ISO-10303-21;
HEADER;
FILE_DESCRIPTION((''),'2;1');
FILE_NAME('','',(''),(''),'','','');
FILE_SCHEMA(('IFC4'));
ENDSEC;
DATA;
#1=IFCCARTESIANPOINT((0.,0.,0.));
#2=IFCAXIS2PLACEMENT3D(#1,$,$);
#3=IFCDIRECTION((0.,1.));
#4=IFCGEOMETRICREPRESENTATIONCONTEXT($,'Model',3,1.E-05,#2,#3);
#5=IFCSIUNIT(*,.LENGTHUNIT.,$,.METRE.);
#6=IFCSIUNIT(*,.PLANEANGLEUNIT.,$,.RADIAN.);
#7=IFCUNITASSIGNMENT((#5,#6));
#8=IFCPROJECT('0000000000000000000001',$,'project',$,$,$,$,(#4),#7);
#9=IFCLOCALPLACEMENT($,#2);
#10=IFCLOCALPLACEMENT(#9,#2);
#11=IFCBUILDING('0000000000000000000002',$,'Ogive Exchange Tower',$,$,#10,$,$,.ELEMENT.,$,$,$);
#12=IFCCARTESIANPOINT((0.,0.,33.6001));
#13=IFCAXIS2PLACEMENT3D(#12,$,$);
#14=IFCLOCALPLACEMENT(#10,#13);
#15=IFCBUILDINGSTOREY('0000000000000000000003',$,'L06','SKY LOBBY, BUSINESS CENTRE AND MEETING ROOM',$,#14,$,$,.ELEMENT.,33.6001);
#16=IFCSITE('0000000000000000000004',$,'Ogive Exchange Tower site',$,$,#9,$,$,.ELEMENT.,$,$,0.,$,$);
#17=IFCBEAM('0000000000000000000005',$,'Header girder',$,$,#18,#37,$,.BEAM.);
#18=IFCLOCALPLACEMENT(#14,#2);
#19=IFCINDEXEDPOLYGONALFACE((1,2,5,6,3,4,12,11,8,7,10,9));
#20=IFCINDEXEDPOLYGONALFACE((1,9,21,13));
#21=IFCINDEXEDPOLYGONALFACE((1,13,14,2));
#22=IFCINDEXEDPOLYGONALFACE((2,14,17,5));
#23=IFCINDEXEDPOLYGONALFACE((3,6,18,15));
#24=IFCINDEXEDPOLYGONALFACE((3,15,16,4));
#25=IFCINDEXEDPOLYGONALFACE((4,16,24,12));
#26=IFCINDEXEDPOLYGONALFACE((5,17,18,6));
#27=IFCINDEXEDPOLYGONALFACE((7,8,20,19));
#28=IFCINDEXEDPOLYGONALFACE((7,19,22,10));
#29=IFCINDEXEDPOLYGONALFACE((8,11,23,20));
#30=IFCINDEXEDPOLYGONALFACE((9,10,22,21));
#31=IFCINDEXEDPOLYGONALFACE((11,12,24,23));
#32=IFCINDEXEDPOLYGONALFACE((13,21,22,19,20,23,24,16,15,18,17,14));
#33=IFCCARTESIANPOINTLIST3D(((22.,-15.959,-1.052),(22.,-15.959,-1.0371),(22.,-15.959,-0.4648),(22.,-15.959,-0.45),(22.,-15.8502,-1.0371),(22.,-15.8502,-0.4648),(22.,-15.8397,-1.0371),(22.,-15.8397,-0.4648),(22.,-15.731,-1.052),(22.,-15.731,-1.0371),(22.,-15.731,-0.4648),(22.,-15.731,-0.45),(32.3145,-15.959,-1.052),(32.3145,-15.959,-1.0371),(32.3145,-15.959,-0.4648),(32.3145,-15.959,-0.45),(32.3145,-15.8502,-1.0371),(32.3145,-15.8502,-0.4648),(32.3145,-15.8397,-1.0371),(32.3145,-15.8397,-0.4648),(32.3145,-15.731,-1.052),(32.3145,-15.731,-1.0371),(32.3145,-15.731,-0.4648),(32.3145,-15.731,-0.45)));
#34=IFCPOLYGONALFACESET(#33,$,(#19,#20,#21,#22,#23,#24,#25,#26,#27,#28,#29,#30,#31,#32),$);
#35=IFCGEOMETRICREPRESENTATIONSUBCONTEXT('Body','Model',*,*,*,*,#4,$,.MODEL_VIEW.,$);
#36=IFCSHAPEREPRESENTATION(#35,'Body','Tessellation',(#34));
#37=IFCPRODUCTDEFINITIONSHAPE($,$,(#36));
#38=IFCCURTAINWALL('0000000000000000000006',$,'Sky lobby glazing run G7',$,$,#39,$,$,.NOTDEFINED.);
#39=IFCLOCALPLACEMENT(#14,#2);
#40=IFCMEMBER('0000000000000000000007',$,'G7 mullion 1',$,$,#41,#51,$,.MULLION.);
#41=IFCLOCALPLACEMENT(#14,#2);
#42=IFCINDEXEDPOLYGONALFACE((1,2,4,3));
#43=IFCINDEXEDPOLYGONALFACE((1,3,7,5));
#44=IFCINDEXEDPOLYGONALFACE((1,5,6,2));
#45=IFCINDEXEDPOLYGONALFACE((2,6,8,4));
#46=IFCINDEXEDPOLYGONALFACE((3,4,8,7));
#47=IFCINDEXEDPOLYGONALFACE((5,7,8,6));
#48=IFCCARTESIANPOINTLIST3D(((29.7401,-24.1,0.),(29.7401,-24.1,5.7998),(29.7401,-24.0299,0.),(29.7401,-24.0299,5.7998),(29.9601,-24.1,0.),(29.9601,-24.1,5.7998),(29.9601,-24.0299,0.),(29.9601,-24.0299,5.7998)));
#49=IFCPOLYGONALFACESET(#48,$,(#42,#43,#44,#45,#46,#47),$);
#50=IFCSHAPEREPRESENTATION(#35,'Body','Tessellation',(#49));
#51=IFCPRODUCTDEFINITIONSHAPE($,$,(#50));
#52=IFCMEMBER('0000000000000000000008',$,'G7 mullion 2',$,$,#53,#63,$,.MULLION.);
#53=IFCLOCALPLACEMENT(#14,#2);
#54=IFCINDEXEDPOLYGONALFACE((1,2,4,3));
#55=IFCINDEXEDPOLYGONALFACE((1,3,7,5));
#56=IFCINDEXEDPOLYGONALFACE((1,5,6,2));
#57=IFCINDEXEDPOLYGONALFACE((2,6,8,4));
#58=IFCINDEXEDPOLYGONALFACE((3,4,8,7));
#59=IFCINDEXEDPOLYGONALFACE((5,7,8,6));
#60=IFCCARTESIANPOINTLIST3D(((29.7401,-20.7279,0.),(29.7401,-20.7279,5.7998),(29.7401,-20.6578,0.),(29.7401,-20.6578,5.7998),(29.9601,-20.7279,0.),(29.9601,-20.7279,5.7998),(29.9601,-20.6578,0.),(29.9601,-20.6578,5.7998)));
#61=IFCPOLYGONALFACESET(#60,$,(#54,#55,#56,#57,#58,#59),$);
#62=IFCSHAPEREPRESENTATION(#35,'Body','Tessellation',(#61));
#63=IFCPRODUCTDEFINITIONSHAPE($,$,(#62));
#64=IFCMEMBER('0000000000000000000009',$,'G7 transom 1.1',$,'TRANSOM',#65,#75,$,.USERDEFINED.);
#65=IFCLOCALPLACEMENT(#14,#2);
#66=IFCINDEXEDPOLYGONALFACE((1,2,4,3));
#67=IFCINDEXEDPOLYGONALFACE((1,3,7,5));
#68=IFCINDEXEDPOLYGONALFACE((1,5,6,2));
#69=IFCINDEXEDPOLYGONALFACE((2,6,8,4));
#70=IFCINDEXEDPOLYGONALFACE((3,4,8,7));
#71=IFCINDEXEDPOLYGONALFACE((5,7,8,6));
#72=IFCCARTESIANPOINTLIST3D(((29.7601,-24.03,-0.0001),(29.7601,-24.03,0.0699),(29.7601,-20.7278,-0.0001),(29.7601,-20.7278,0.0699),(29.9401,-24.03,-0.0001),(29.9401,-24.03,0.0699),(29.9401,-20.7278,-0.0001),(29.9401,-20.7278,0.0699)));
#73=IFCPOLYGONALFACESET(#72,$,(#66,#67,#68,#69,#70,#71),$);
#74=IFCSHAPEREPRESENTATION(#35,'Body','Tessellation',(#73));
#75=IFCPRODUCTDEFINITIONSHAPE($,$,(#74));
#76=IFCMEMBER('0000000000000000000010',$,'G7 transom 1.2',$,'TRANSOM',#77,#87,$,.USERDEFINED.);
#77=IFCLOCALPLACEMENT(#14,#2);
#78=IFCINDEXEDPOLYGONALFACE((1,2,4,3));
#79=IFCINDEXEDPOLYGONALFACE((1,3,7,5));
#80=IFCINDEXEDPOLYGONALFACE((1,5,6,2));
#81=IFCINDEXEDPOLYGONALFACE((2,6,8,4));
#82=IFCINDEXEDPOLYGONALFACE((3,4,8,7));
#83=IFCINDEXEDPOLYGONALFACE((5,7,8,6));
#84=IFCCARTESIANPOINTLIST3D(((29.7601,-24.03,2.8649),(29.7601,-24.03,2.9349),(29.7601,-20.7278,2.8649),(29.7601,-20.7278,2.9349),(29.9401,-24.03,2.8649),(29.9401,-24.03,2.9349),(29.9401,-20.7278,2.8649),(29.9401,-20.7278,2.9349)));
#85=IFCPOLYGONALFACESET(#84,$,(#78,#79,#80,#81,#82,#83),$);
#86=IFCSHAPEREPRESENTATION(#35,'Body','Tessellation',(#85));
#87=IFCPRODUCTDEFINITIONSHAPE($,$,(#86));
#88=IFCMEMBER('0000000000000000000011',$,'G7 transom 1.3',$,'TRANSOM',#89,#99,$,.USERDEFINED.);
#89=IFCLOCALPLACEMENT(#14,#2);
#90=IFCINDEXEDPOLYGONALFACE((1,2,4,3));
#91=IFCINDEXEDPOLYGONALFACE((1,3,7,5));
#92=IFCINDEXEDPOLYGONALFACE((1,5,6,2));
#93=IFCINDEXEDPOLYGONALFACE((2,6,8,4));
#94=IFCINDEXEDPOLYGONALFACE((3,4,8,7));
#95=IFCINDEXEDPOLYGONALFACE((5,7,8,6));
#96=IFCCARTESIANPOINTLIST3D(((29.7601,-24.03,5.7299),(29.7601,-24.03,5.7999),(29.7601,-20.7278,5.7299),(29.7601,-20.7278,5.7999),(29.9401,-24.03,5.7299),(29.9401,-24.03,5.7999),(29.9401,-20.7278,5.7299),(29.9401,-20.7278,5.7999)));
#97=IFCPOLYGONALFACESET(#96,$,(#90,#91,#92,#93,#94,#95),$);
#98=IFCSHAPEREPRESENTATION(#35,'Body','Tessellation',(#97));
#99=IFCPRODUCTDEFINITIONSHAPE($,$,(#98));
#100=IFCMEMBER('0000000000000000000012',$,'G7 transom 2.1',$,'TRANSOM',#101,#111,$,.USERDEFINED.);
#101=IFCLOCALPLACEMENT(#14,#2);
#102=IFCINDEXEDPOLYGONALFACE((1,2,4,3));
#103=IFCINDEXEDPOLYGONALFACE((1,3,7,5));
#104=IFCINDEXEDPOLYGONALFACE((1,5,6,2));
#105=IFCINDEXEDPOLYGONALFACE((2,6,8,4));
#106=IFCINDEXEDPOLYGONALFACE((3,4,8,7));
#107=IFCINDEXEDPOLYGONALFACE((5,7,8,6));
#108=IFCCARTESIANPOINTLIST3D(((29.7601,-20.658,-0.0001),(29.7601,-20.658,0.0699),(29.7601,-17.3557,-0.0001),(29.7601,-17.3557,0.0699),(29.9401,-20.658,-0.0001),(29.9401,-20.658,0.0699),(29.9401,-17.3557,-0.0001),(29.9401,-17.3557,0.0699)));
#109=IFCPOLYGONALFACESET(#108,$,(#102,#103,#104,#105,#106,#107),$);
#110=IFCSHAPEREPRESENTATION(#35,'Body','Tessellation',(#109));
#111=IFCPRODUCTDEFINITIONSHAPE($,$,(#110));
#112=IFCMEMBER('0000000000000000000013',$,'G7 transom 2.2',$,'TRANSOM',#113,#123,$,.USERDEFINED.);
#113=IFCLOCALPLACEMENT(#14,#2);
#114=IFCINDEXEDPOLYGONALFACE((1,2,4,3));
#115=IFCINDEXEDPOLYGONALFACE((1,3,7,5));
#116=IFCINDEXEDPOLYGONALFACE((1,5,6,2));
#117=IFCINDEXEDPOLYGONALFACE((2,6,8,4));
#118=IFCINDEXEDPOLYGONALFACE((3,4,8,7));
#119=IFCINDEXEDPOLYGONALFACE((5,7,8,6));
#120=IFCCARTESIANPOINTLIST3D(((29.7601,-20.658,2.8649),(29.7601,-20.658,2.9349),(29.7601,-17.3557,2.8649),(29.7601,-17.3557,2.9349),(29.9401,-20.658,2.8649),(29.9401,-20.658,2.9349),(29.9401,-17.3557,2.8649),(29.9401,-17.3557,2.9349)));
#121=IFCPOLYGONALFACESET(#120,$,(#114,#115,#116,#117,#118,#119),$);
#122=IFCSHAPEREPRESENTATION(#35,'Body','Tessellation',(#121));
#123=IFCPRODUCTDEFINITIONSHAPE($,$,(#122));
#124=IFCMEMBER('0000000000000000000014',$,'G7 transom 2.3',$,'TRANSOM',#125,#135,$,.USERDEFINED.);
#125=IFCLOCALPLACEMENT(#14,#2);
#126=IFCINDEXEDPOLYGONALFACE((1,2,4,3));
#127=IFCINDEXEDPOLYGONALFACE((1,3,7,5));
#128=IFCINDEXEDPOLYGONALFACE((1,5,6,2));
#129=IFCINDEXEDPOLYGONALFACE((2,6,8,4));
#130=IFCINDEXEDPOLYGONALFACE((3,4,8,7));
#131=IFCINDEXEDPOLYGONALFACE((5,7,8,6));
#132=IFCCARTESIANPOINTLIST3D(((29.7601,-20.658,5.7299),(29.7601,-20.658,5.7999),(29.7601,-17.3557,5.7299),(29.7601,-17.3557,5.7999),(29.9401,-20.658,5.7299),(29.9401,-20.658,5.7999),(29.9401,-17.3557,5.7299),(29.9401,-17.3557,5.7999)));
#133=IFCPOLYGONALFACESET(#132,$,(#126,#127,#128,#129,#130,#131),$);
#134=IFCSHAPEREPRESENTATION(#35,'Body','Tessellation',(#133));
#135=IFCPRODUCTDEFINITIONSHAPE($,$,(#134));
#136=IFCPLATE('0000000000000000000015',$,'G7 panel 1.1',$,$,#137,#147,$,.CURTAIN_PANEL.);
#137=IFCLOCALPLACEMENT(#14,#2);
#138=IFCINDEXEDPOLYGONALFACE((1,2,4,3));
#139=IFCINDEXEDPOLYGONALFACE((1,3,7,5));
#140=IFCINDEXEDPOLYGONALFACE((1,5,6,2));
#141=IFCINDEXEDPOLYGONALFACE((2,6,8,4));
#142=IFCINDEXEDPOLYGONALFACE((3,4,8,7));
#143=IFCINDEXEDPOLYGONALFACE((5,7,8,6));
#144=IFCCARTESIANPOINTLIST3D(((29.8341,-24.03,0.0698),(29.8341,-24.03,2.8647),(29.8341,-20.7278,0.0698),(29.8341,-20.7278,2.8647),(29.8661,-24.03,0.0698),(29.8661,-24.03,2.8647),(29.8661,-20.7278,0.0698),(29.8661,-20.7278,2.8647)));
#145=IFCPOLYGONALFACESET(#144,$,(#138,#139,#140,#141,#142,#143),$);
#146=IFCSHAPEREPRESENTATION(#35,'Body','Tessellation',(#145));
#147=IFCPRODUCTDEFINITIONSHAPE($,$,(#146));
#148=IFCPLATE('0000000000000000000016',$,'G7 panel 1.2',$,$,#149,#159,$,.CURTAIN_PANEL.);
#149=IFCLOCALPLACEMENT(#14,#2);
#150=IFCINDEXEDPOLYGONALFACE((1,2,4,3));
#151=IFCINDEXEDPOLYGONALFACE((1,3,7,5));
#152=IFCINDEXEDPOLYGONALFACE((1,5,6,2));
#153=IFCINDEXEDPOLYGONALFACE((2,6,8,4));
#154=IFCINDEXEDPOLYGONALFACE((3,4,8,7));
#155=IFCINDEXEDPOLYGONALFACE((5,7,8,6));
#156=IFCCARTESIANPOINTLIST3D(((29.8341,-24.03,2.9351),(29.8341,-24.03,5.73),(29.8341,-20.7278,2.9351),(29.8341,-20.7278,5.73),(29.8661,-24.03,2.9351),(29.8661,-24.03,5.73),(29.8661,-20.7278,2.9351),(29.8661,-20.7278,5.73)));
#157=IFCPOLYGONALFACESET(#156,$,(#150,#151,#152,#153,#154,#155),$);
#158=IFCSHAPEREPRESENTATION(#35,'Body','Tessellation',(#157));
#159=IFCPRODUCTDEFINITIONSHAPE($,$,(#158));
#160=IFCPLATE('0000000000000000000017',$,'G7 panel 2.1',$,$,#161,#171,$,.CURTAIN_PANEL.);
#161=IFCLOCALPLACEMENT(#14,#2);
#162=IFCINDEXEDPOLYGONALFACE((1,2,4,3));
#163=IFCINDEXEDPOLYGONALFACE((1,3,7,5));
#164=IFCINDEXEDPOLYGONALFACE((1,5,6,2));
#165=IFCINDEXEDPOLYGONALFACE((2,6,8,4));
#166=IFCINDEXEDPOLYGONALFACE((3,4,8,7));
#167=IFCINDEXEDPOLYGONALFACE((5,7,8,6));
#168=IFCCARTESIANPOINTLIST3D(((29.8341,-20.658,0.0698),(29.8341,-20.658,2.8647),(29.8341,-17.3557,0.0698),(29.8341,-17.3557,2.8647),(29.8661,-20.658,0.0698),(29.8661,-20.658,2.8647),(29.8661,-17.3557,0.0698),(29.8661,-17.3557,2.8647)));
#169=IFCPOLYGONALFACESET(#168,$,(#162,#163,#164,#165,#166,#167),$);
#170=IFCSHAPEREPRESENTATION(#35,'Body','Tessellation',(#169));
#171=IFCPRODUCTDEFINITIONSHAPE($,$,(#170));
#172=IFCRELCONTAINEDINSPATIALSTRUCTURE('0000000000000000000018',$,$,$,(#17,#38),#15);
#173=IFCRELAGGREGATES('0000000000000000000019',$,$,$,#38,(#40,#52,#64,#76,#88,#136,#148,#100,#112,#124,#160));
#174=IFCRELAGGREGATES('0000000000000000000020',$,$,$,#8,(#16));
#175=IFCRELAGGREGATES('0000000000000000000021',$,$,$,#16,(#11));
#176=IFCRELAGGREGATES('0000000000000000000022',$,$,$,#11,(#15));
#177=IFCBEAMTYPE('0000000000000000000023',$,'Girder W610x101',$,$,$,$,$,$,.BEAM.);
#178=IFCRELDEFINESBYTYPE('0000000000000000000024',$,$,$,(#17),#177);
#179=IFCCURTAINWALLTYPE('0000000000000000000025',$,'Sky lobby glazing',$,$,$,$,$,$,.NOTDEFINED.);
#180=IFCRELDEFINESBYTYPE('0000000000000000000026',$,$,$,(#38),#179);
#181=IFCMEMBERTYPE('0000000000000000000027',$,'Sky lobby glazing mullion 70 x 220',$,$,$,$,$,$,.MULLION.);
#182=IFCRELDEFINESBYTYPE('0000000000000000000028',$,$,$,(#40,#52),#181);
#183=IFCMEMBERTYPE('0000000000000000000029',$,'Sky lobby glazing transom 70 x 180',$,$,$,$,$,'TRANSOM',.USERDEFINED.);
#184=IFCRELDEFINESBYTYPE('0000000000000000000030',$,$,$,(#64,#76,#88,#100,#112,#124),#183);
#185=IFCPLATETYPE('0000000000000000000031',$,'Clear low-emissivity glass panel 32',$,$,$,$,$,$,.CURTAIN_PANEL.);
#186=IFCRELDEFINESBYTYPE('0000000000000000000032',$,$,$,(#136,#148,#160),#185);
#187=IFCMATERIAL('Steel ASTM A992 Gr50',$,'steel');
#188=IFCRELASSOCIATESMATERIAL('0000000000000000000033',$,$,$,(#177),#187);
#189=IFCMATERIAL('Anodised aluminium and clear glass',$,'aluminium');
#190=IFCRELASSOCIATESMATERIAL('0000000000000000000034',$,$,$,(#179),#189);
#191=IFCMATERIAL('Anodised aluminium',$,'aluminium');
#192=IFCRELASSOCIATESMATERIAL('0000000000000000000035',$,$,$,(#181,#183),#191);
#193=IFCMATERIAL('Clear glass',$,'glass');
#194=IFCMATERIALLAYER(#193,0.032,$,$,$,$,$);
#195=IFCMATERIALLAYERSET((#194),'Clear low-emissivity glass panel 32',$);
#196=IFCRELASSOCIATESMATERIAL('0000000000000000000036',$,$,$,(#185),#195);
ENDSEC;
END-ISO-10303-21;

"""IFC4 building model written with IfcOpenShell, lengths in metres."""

from ifc_helpers import new_model, si_unit, direction, frame, origin, origin_2d, place, context, subcontext, project, spatial, rectangle, i_section, extrude, material, layer, layer_set, material_profile, profile_set, type_object, element, aggregate, save


model = new_model("IFC4")

# Units and contexts
model_context = context("Model", 3, precision=1e-05, world=origin(), true_north=direction((0.0, 1.0)))
body_context = subcontext(model_context, "Body", "Model", "MODEL_VIEW")
ifc_project = project(units=[si_unit("LENGTHUNIT", "METRE"), si_unit("PLANEANGLEUNIT", "RADIAN")], contexts=[model_context])

# Site, building, storey
site_placement = place(None, origin())
site = spatial("IfcSite", under=ifc_project, at=site_placement, Name="Ogive Exchange Tower site", CompositionType="ELEMENT", RefElevation=0.0)
building_placement = place(site_placement, origin())
building = spatial("IfcBuilding", under=site, at=building_placement, Name="Ogive Exchange Tower", CompositionType="ELEMENT")
storey_placement = place(building_placement, frame((0.0, 0.0, 33.6001)))
storey = spatial("IfcBuildingStorey", under=building, at=storey_placement, Name="L06", Description="SKY LOBBY, BUSINESS CENTRE AND MEETING ROOM", CompositionType="ELEMENT", Elevation=33.6001)

# Beam
ifc_material_1 = material(Name="Steel ASTM A992 Gr50", Category="steel")
ifc_material_profile_1 = material_profile(ifc_material_1, i_section(OverallWidth=0.228, OverallDepth=0.6021, WebThickness=0.0105, FlangeThickness=0.0149, at=origin_2d()), Name="W610x101")
ifc_profile_set_1 = profile_set([ifc_material_profile_1], Name="Steel ASTM A992 Gr50")
beam_type = type_object("IfcBeamType", Name="Girder W610x101", PredefinedType="BEAM", material=ifc_profile_set_1)
beam_placement = place(storey_placement, frame((22.0, -15.845, -0.751), z_axis=(1.0, 0.0, 0.0), x_axis=(0.0, 1.0, 0.0)))
element("IfcBeam", 1, at=beam_placement, inside=storey, type_object=beam_type, Name="Header girder", PredefinedType="BEAM", context=body_context, shape_type="SweptSolid", body=[
    extrude(i_section(OverallWidth=0.228, OverallDepth=0.6021, WebThickness=0.0105, FlangeThickness=0.0149, at=origin_2d()), origin(), (0.0, 0.0, 1.0), 10.3145),
])

# Curtain wall, members, plates
ifc_material_2 = material(Name="Anodised aluminium and clear glass", Category="aluminium")
curtain_wall_type = type_object("IfcCurtainWallType", Name="Sky lobby glazing", PredefinedType="NOTDEFINED", material=ifc_material_2)
curtain_wall_placement = place(storey_placement, origin())
curtain_wall = element("IfcCurtainWall", 2, at=curtain_wall_placement, inside=storey, type_object=curtain_wall_type, Name="Sky lobby glazing run G7", PredefinedType="NOTDEFINED")
ifc_material_3 = material(Name="Anodised aluminium", Category="aluminium")
ifc_material_profile_2 = material_profile(ifc_material_3, rectangle(XDim=0.22, YDim=0.0701, at=origin_2d()), Name="AL 70x220")
ifc_profile_set_2 = profile_set([ifc_material_profile_2], Name="Anodised aluminium")
member_type_1 = type_object("IfcMemberType", Name="Sky lobby glazing mullion 70 x 220", PredefinedType="MULLION", material=ifc_profile_set_2)
member_1_placement = place(storey_placement, frame((29.8501, -24.0649, 0.0), z_axis=(0.0, 0.0, 1.0), x_axis=(-1.0, 0.0, 0.0)))
member_1 = element("IfcMember", 3, at=member_1_placement, type_object=member_type_1, Name="G7 mullion 1", PredefinedType="MULLION", context=body_context, shape_type="SweptSolid", body=[
    extrude(rectangle(XDim=0.22, YDim=0.0701, at=origin_2d()), origin(), (0.0, 0.0, 1.0), 5.7998),
])
member_2_placement = place(storey_placement, frame((29.8501, -20.6929, 0.0), z_axis=(0.0, 0.0, 1.0), x_axis=(-1.0, 0.0, 0.0)))
member_2 = element("IfcMember", 4, at=member_2_placement, type_object=member_type_1, Name="G7 mullion 2", PredefinedType="MULLION", context=body_context, shape_type="SweptSolid", body=[
    extrude(rectangle(XDim=0.22, YDim=0.0701, at=origin_2d()), origin(), (0.0, 0.0, 1.0), 5.7998),
])
ifc_material_profile_3 = material_profile(ifc_material_3, rectangle(XDim=0.1799, YDim=0.0701, at=origin_2d()), Name="AL 70x180")
ifc_profile_set_3 = profile_set([ifc_material_profile_3], Name="Anodised aluminium")
member_type_2 = type_object("IfcMemberType", Name="Sky lobby glazing transom 70 x 180", ElementType="TRANSOM", PredefinedType="USERDEFINED", material=ifc_profile_set_3)
member_3_placement = place(storey_placement, frame((29.8501, -24.03, 0.0349), z_axis=(0.0, 1.0, 0.0), x_axis=(-1.0, 0.0, 0.0)))
member_3 = element("IfcMember", 5, at=member_3_placement, type_object=member_type_2, Name="G7 transom 1.1", ObjectType="TRANSOM", PredefinedType="USERDEFINED", context=body_context, shape_type="SweptSolid", body=[
    extrude(rectangle(XDim=0.1799, YDim=0.0701, at=origin_2d()), origin(), (0.0, 0.0, 1.0), 3.3022),
])
member_4_placement = place(storey_placement, frame((29.8501, -24.03, 2.8999), z_axis=(0.0, 1.0, 0.0), x_axis=(-1.0, 0.0, 0.0)))
member_4 = element("IfcMember", 6, at=member_4_placement, type_object=member_type_2, Name="G7 transom 1.2", ObjectType="TRANSOM", PredefinedType="USERDEFINED", context=body_context, shape_type="SweptSolid", body=[
    extrude(rectangle(XDim=0.1799, YDim=0.0701, at=origin_2d()), origin(), (0.0, 0.0, 1.0), 3.3022),
])
member_5_placement = place(storey_placement, frame((29.8501, -24.03, 5.7649), z_axis=(0.0, 1.0, 0.0), x_axis=(-1.0, 0.0, 0.0)))
member_5 = element("IfcMember", 7, at=member_5_placement, type_object=member_type_2, Name="G7 transom 1.3", ObjectType="TRANSOM", PredefinedType="USERDEFINED", context=body_context, shape_type="SweptSolid", body=[
    extrude(rectangle(XDim=0.1799, YDim=0.0701, at=origin_2d()), origin(), (0.0, 0.0, 1.0), 3.3022),
])
member_6_placement = place(storey_placement, frame((29.8501, -20.658, 0.0349), z_axis=(0.0, 1.0, 0.0), x_axis=(-1.0, 0.0, 0.0)))
member_6 = element("IfcMember", 8, at=member_6_placement, type_object=member_type_2, Name="G7 transom 2.1", ObjectType="TRANSOM", PredefinedType="USERDEFINED", context=body_context, shape_type="SweptSolid", body=[
    extrude(rectangle(XDim=0.1799, YDim=0.0701, at=origin_2d()), origin(), (0.0, 0.0, 1.0), 3.3022),
])
member_7_placement = place(storey_placement, frame((29.8501, -20.658, 2.8999), z_axis=(0.0, 1.0, 0.0), x_axis=(-1.0, 0.0, 0.0)))
member_7 = element("IfcMember", 9, at=member_7_placement, type_object=member_type_2, Name="G7 transom 2.2", ObjectType="TRANSOM", PredefinedType="USERDEFINED", context=body_context, shape_type="SweptSolid", body=[
    extrude(rectangle(XDim=0.1799, YDim=0.0701, at=origin_2d()), origin(), (0.0, 0.0, 1.0), 3.3022),
])
member_8_placement = place(storey_placement, frame((29.8501, -20.658, 5.7649), z_axis=(0.0, 1.0, 0.0), x_axis=(-1.0, 0.0, 0.0)))
member_8 = element("IfcMember", 10, at=member_8_placement, type_object=member_type_2, Name="G7 transom 2.3", ObjectType="TRANSOM", PredefinedType="USERDEFINED", context=body_context, shape_type="SweptSolid", body=[
    extrude(rectangle(XDim=0.1799, YDim=0.0701, at=origin_2d()), origin(), (0.0, 0.0, 1.0), 3.3022),
])
ifc_material_4 = material(Name="Clear glass", Category="glass")
ifc_layer_1 = layer(ifc_material_4, 0.032)
ifc_layer_set_1 = layer_set([ifc_layer_1], Name="Clear low-emissivity glass panel 32")
plate_type = type_object("IfcPlateType", Name="Clear low-emissivity glass panel 32", PredefinedType="CURTAIN_PANEL", material=ifc_layer_set_1)
plate_1_placement = place(storey_placement, frame((29.8501, -22.3789, 0.0698), z_axis=(0.0, 0.0, 1.0), x_axis=(0.0, 1.0, 0.0)))
plate_1 = element("IfcPlate", 11, at=plate_1_placement, type_object=plate_type, Name="G7 panel 1.1", PredefinedType="CURTAIN_PANEL", context=body_context, shape_type="SweptSolid", body=[
    extrude(rectangle(XDim=3.3022, YDim=0.032, at=origin_2d()), origin(), (0.0, 0.0, 1.0), 2.7949),
])
plate_2_placement = place(storey_placement, frame((29.8501, -22.3789, 2.9351), z_axis=(0.0, 0.0, 1.0), x_axis=(0.0, 1.0, 0.0)))
plate_2 = element("IfcPlate", 12, at=plate_2_placement, type_object=plate_type, Name="G7 panel 1.2", PredefinedType="CURTAIN_PANEL", context=body_context, shape_type="SweptSolid", body=[
    extrude(rectangle(XDim=3.3022, YDim=0.032, at=origin_2d()), origin(), (0.0, 0.0, 1.0), 2.7949),
])
plate_3_placement = place(storey_placement, frame((29.8501, -19.0068, 0.0698), z_axis=(0.0, 0.0, 1.0), x_axis=(0.0, 1.0, 0.0)))
plate_3 = element("IfcPlate", 13, at=plate_3_placement, type_object=plate_type, Name="G7 panel 2.1", PredefinedType="CURTAIN_PANEL", context=body_context, shape_type="SweptSolid", body=[
    extrude(rectangle(XDim=3.3022, YDim=0.032, at=origin_2d()), origin(), (0.0, 0.0, 1.0), 2.7949),
])
aggregate(curtain_wall, [member_1, member_2, member_3, member_4, member_5, plate_1, plate_2, member_6, member_7, member_8, plate_3])

save(model, "model.ifc")
